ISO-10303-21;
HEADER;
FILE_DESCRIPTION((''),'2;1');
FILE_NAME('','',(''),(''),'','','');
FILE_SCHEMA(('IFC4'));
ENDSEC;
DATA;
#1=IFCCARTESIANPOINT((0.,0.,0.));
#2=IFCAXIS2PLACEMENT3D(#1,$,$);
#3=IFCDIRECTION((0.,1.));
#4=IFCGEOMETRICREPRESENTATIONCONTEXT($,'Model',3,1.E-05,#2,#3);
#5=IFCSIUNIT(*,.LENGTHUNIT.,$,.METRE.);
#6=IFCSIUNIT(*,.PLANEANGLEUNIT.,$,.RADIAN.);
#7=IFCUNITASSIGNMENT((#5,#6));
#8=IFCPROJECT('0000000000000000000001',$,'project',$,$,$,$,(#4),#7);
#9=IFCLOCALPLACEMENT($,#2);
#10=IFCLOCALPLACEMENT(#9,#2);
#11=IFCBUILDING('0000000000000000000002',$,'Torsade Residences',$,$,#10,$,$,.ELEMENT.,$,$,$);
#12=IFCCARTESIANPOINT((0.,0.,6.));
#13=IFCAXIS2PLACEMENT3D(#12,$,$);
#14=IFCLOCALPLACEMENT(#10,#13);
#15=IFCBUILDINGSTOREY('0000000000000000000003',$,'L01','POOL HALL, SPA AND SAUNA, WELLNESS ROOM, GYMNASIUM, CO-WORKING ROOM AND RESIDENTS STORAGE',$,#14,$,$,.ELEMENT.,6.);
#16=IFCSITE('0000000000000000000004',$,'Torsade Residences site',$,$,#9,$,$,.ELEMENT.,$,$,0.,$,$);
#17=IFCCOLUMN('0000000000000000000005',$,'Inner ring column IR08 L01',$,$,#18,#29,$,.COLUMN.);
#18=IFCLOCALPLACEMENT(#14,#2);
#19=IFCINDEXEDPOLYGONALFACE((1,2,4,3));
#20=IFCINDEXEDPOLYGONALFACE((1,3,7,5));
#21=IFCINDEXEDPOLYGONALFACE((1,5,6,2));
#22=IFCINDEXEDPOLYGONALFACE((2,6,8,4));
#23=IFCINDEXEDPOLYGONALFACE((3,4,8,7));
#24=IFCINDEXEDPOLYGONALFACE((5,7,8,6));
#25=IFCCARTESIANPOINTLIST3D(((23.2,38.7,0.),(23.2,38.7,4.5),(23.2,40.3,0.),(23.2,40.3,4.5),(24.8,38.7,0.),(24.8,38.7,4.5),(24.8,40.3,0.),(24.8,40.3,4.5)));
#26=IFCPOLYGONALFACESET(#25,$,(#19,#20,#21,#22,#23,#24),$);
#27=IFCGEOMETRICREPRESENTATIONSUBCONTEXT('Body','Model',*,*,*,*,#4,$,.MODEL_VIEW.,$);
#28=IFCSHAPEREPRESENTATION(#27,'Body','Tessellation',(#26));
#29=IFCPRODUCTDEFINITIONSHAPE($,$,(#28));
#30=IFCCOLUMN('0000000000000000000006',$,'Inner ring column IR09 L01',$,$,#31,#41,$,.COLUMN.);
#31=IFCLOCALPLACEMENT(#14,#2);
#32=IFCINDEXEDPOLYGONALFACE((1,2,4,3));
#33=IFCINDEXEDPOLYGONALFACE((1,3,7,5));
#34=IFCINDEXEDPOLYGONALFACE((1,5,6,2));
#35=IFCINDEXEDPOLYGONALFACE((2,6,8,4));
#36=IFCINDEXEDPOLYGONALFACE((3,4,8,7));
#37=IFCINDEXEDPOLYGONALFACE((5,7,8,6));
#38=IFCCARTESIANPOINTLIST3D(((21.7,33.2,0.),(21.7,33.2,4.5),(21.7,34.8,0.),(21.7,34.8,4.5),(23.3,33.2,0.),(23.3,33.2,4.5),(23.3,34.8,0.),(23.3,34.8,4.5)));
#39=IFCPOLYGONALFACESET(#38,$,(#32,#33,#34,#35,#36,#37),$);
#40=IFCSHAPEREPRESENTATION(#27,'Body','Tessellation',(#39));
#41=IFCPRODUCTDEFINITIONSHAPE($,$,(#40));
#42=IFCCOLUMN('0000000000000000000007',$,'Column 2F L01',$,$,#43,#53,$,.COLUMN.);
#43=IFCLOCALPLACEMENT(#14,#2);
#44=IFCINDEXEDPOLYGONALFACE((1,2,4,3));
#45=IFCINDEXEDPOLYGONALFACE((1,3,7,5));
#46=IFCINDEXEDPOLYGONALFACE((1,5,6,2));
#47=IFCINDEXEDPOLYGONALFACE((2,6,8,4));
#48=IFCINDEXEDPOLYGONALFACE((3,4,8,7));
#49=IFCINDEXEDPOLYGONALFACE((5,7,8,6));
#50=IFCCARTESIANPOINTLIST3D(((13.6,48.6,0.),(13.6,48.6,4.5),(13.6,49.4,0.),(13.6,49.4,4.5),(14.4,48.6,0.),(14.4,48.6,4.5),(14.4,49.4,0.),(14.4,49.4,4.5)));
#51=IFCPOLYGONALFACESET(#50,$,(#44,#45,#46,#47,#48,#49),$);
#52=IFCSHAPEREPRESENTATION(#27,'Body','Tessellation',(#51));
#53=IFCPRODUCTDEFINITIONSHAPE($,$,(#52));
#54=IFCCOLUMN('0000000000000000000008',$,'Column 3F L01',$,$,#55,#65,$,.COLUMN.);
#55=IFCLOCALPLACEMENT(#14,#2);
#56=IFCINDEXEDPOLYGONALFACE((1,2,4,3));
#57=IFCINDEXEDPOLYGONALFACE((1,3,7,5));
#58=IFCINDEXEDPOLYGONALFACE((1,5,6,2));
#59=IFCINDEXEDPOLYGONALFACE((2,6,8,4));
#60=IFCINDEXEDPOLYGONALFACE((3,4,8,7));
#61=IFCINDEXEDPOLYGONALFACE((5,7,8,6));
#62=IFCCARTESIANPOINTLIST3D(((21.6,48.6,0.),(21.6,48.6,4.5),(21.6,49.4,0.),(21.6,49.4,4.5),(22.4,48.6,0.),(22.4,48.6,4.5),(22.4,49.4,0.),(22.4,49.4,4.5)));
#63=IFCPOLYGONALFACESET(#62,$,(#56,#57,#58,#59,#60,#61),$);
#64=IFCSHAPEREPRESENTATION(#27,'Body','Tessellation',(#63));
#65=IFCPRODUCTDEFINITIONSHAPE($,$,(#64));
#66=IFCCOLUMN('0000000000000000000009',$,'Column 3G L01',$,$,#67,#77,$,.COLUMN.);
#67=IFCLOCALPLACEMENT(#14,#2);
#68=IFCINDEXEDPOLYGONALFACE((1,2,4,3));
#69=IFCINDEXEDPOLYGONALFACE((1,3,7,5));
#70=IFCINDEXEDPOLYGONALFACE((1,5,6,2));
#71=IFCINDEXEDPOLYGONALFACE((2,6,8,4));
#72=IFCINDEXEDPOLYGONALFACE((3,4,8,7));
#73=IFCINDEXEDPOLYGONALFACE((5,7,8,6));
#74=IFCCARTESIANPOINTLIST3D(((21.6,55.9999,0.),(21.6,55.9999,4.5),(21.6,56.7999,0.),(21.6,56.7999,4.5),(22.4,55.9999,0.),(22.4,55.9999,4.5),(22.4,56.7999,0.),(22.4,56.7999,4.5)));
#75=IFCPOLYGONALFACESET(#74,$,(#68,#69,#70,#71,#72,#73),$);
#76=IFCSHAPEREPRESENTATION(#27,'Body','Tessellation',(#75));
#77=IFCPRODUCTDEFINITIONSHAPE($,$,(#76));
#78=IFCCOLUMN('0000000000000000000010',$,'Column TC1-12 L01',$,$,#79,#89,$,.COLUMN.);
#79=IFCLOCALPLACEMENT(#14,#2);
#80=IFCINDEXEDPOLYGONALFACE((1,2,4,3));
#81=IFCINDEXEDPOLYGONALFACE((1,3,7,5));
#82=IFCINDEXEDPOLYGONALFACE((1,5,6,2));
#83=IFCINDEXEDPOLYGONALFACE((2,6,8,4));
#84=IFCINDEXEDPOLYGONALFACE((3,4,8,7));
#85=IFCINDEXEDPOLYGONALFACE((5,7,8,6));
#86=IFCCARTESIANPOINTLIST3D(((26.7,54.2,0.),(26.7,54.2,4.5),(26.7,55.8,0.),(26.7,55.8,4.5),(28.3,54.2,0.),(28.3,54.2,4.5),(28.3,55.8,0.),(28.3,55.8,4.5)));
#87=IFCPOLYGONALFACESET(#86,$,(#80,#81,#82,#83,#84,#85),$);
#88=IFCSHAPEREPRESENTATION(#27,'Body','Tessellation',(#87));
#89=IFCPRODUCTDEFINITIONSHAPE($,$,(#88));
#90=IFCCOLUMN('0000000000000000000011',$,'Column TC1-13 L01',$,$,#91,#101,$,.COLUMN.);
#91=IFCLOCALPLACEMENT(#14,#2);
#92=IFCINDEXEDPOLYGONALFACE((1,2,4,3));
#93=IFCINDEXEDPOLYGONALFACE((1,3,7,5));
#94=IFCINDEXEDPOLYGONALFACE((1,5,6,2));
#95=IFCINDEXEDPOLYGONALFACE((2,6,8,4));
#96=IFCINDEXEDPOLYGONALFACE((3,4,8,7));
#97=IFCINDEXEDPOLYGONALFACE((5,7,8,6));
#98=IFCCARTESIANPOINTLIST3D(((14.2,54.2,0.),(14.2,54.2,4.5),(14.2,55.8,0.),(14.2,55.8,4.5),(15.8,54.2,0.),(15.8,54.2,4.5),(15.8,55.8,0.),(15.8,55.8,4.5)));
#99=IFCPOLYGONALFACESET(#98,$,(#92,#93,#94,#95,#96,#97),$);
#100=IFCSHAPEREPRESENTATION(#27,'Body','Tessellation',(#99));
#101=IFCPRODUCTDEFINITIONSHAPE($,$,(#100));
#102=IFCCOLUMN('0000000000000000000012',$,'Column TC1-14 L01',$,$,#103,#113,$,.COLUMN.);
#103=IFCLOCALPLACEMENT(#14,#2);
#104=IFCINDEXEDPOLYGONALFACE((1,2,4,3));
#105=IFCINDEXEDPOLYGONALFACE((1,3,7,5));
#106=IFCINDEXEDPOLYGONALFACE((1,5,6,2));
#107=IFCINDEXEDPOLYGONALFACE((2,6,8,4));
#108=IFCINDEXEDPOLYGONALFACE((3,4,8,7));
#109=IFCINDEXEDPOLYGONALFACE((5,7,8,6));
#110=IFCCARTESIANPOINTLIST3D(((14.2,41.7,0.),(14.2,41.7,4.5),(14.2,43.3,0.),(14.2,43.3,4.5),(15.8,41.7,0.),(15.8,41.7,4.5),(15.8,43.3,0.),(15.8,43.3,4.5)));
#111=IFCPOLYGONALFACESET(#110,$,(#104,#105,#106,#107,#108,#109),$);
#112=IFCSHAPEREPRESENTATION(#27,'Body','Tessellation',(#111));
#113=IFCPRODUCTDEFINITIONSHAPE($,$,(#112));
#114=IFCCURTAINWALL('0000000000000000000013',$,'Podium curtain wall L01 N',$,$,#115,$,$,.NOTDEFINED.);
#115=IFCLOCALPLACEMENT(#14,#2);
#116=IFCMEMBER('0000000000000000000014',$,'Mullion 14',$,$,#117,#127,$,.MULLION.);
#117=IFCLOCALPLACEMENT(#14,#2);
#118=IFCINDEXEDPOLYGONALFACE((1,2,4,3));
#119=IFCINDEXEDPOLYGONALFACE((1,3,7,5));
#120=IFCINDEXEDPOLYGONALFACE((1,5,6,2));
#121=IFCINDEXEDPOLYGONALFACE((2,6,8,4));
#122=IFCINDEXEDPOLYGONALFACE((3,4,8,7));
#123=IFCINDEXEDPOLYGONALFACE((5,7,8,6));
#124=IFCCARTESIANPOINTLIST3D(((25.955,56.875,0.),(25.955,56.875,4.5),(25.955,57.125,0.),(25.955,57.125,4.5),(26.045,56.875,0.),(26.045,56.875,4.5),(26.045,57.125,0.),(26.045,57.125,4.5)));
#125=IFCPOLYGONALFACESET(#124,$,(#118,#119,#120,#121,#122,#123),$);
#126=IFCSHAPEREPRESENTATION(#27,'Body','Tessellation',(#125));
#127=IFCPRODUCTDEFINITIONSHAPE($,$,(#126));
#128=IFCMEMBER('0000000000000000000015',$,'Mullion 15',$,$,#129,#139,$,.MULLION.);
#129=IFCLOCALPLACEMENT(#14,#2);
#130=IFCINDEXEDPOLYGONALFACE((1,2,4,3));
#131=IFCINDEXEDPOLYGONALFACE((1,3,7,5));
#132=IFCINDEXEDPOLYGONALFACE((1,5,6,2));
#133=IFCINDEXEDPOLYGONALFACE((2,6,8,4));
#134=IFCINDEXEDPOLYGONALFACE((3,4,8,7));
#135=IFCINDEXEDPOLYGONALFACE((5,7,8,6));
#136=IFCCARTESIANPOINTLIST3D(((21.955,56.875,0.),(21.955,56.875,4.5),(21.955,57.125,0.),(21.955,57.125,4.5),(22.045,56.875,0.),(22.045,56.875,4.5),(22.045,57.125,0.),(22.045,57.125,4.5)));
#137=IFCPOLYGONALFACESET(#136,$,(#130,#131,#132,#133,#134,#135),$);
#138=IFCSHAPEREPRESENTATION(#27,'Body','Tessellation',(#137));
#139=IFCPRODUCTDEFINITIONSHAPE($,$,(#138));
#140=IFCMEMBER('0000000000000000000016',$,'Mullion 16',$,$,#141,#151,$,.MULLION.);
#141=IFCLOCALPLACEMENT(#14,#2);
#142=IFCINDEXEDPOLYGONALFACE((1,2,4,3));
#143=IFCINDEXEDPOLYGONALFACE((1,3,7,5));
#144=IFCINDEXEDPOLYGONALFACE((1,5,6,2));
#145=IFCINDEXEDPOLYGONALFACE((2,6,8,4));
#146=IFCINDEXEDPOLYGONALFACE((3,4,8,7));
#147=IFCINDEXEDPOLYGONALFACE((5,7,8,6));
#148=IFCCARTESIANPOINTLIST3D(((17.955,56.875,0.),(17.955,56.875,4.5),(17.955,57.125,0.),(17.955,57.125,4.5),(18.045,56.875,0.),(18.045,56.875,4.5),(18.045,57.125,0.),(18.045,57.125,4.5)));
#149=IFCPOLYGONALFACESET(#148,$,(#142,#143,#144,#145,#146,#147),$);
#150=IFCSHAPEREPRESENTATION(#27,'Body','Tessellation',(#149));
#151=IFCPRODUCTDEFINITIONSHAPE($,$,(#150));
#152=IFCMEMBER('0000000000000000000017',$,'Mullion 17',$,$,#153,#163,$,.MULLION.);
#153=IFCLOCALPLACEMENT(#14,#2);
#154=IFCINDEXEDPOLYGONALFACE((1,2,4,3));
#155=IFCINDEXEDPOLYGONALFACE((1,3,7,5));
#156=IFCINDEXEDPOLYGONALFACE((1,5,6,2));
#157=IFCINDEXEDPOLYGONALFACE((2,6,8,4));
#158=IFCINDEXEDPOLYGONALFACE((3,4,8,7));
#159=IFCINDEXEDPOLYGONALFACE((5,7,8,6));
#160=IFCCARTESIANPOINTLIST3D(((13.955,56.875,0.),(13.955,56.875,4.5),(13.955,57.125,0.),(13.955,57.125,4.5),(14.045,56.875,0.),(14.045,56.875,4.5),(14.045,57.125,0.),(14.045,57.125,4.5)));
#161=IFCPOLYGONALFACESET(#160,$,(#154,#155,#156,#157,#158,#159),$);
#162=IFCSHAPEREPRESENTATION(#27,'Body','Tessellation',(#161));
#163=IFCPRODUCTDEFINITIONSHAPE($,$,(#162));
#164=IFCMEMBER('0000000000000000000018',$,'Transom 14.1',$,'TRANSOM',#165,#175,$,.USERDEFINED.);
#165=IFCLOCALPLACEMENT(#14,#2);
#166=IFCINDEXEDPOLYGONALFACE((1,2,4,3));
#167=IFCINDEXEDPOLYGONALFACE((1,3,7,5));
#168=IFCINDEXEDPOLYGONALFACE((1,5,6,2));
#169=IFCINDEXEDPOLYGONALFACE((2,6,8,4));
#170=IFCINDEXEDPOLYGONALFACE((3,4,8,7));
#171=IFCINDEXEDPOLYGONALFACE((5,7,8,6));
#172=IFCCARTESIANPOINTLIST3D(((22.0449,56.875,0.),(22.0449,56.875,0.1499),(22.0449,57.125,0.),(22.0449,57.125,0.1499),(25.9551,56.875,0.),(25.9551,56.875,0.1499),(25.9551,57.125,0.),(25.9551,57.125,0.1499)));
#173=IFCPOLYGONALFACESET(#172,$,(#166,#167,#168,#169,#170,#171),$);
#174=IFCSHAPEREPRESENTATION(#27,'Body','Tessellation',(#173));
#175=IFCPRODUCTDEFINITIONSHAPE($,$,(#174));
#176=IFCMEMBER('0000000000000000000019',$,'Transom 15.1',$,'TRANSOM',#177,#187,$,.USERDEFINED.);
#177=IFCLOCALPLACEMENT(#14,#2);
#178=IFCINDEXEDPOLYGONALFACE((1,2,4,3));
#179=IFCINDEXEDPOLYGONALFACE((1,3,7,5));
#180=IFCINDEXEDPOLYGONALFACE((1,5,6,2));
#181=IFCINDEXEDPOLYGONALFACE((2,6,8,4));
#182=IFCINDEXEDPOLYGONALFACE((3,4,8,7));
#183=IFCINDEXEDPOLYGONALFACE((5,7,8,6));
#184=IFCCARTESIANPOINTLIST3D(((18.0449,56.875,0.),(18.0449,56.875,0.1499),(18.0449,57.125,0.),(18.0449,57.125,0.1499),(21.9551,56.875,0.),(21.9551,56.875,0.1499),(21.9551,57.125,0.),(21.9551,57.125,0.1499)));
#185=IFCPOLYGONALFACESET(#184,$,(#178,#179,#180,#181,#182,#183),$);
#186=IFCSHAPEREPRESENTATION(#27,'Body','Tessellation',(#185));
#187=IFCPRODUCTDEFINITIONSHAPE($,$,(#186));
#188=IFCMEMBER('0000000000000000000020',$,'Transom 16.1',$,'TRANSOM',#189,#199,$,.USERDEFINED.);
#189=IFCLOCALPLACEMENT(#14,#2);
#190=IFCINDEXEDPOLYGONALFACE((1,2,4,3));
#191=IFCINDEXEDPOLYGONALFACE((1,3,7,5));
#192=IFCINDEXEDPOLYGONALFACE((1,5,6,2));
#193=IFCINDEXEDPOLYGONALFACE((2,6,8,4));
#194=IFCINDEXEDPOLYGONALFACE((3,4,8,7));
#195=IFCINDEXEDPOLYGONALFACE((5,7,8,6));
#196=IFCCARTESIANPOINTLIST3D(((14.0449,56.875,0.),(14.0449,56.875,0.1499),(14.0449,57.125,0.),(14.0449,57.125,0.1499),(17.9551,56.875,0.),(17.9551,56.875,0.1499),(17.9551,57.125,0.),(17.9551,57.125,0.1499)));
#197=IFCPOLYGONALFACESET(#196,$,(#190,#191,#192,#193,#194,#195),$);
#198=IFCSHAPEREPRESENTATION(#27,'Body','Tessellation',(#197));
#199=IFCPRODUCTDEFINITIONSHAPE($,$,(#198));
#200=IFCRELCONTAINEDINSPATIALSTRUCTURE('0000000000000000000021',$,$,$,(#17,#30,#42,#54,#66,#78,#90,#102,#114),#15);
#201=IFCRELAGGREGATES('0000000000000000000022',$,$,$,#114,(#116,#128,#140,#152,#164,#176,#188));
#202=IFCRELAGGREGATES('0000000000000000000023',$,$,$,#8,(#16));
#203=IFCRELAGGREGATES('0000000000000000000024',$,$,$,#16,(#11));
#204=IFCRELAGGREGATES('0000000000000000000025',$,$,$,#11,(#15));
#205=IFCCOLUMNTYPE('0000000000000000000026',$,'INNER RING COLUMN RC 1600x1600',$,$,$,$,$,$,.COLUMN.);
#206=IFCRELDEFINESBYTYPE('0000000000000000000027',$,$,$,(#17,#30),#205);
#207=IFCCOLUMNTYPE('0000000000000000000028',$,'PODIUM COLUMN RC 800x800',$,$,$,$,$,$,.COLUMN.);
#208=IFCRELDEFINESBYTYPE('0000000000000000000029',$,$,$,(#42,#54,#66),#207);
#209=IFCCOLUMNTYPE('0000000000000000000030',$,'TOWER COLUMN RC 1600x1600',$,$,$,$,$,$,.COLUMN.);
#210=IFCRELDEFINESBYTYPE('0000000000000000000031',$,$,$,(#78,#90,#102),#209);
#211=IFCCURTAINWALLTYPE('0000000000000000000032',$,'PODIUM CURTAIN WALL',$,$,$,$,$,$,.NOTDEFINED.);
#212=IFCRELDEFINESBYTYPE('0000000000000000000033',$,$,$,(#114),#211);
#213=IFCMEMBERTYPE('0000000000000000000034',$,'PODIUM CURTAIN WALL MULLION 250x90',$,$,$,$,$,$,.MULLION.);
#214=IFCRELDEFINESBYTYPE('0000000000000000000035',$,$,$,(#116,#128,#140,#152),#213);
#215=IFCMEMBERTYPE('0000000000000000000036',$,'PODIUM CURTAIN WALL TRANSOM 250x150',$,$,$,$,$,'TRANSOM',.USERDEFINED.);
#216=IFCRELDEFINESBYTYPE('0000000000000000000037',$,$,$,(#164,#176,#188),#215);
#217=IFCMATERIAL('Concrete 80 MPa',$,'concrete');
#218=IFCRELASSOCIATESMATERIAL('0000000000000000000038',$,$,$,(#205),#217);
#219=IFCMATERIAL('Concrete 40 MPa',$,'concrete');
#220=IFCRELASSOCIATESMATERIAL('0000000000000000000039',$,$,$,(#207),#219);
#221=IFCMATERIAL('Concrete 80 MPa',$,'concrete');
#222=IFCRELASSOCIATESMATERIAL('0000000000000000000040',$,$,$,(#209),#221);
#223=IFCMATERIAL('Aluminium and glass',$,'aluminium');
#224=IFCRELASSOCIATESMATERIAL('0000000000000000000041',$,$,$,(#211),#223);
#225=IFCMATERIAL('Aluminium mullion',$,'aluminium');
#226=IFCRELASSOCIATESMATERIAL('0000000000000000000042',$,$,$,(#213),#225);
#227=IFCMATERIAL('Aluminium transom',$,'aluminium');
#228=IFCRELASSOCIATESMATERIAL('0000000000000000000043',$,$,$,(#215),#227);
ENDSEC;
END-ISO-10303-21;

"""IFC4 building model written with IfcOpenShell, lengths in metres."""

from ifc_helpers import new_model, si_unit, direction, frame, origin, origin_2d, place, context, subcontext, project, spatial, rectangle, extrude, material, material_profile, profile_set, type_object, element, aggregate, save


model = new_model("IFC4")

# Units and contexts
model_context = context("Model", 3, precision=1e-05, world=origin(), true_north=direction((0.0, 1.0)))
body_context = subcontext(model_context, "Body", "Model", "MODEL_VIEW")
ifc_project = project(units=[si_unit("LENGTHUNIT", "METRE"), si_unit("PLANEANGLEUNIT", "RADIAN")], contexts=[model_context])

# Site, building, storey
site_placement = place(None, origin())
site = spatial("IfcSite", under=ifc_project, at=site_placement, Name="Torsade Residences site", CompositionType="ELEMENT", RefElevation=0.0)
building_placement = place(site_placement, origin())
building = spatial("IfcBuilding", under=site, at=building_placement, Name="Torsade Residences", CompositionType="ELEMENT")
storey_placement = place(building_placement, frame((0.0, 0.0, 6.0)))
storey = spatial("IfcBuildingStorey", under=building, at=storey_placement, Name="L01", Description="POOL HALL, SPA AND SAUNA, WELLNESS ROOM, GYMNASIUM, CO-WORKING ROOM AND RESIDENTS STORAGE", CompositionType="ELEMENT", Elevation=6.0)

# Columns
ifc_material_1 = material(Name="Concrete 80 MPa", Category="concrete")
ifc_material_profile_1 = material_profile(ifc_material_1, rectangle(XDim=1.6001, YDim=1.6001, at=origin_2d()), Name="RC 1600x1600")
ifc_profile_set_1 = profile_set([ifc_material_profile_1], Name="Concrete 80 MPa")
column_type_1 = type_object("IfcColumnType", Name="INNER RING COLUMN RC 1600x1600", PredefinedType="COLUMN", material=ifc_profile_set_1)
for number, where, z_axis, x_axis, name in (
    (1, (24.0, 39.5, 0.0), (0.0, 0.0, 1.0), (1.0, 0.0, 0.0), "Inner ring column IR08 L01"),
    (2, (22.5, 34.0, 0.0), (0.0, 0.0, 1.0), (1.0, 0.0, 0.0), "Inner ring column IR09 L01"),
):
    element("IfcColumn", number, at=place(storey_placement, frame(where, z_axis=z_axis, x_axis=x_axis)), inside=storey, type_object=column_type_1, Name=name, PredefinedType="COLUMN", context=body_context, shape_type="SweptSolid", body=[
        extrude(rectangle(XDim=1.6001, YDim=1.6001, at=origin_2d()), origin(), (0.0, 0.0, 1.0), 4.5),
    ])
ifc_material_2 = material(Name="Concrete 40 MPa", Category="concrete")
ifc_material_profile_2 = material_profile(ifc_material_2, rectangle(XDim=0.8, YDim=0.8, at=origin_2d()), Name="RC 800x800")
ifc_profile_set_2 = profile_set([ifc_material_profile_2], Name="Concrete 40 MPa")
column_type_2 = type_object("IfcColumnType", Name="PODIUM COLUMN RC 800x800", PredefinedType="COLUMN", material=ifc_profile_set_2)
for number, where, z_axis, x_axis, name in (
    (3, (14.0, 49.0, 0.0), (0.0, 0.0, 1.0), (1.0, 0.0, 0.0), "Column 2F L01"),
    (4, (22.0, 49.0, 0.0), (0.0, 0.0, 1.0), (1.0, 0.0, 0.0), "Column 3F L01"),
    (5, (22.0, 56.3999, 0.0), (0.0, 0.0, 1.0), (1.0, 0.0, 0.0), "Column 3G L01"),
):
    element("IfcColumn", number, at=place(storey_placement, frame(where, z_axis=z_axis, x_axis=x_axis)), inside=storey, type_object=column_type_2, Name=name, PredefinedType="COLUMN", context=body_context, shape_type="SweptSolid", body=[
        extrude(rectangle(XDim=0.8, YDim=0.8, at=origin_2d()), origin(), (0.0, 0.0, 1.0), 4.5),
    ])
ifc_material_3 = material(Name="Concrete 80 MPa", Category="concrete")
ifc_material_profile_3 = material_profile(ifc_material_3, rectangle(XDim=1.6001, YDim=1.6001, at=origin_2d()), Name="RC 1600x1600")
ifc_profile_set_3 = profile_set([ifc_material_profile_3], Name="Concrete 80 MPa")
column_type_3 = type_object("IfcColumnType", Name="TOWER COLUMN RC 1600x1600", PredefinedType="COLUMN", material=ifc_profile_set_3)
for number, where, z_axis, x_axis, name in (
    (6, (27.5, 55.0, 0.0), (0.0, 0.0, 1.0), (1.0, 0.0, 0.0), "Column TC1-12 L01"),
    (7, (15.0, 55.0, 0.0), (0.0, 0.0, 1.0), (1.0, 0.0, 0.0), "Column TC1-13 L01"),
    (8, (15.0, 42.5, 0.0), (0.0, 0.0, 1.0), (1.0, 0.0, 0.0), "Column TC1-14 L01"),
):
    element("IfcColumn", number, at=place(storey_placement, frame(where, z_axis=z_axis, x_axis=x_axis)), inside=storey, type_object=column_type_3, Name=name, PredefinedType="COLUMN", context=body_context, shape_type="SweptSolid", body=[
        extrude(rectangle(XDim=1.6001, YDim=1.6001, at=origin_2d()), origin(), (0.0, 0.0, 1.0), 4.5),
    ])

# Curtain wall, members
ifc_material_4 = material(Name="Aluminium and glass", Category="aluminium")
curtain_wall_type = type_object("IfcCurtainWallType", Name="PODIUM CURTAIN WALL", PredefinedType="NOTDEFINED", material=ifc_material_4)
curtain_wall_placement = place(storey_placement, origin())
curtain_wall = element("IfcCurtainWall", 9, at=curtain_wall_placement, inside=storey, type_object=curtain_wall_type, Name="Podium curtain wall L01 N", PredefinedType="NOTDEFINED")
ifc_material_5 = material(Name="Aluminium mullion", Category="aluminium")
ifc_material_profile_4 = material_profile(ifc_material_5, rectangle(XDim=0.25, YDim=0.0901, at=origin_2d()), Name="PODIUM CURTAIN WALL MULLION 250x90")
ifc_profile_set_4 = profile_set([ifc_material_profile_4], Name="Aluminium mullion")
member_type_1 = type_object("IfcMemberType", Name="PODIUM CURTAIN WALL MULLION 250x90", PredefinedType="MULLION", material=ifc_profile_set_4)
member_1_placement = place(storey_placement, frame((26.0, 57.0, 0.0), z_axis=(0.0, 0.0, 1.0), x_axis=(0.0, -1.0, 0.0)))
member_1 = element("IfcMember", 10, at=member_1_placement, type_object=member_type_1, Name="Mullion 14", PredefinedType="MULLION", context=body_context, shape_type="SweptSolid", body=[
    extrude(rectangle(XDim=0.25, YDim=0.0901, at=origin_2d()), origin(), (0.0, 0.0, 1.0), 4.5),
])
member_2_placement = place(storey_placement, frame((22.0, 57.0, 0.0), z_axis=(0.0, 0.0, 1.0), x_axis=(0.0, -1.0, 0.0)))
member_2 = element("IfcMember", 11, at=member_2_placement, type_object=member_type_1, Name="Mullion 15", PredefinedType="MULLION", context=body_context, shape_type="SweptSolid", body=[
    extrude(rectangle(XDim=0.25, YDim=0.0901, at=origin_2d()), origin(), (0.0, 0.0, 1.0), 4.5),
])
member_3_placement = place(storey_placement, frame((18.0, 57.0, 0.0), z_axis=(0.0, 0.0, 1.0), x_axis=(0.0, -1.0, 0.0)))
member_3 = element("IfcMember", 12, at=member_3_placement, type_object=member_type_1, Name="Mullion 16", PredefinedType="MULLION", context=body_context, shape_type="SweptSolid", body=[
    extrude(rectangle(XDim=0.25, YDim=0.0901, at=origin_2d()), origin(), (0.0, 0.0, 1.0), 4.5),
])
member_4_placement = place(storey_placement, frame((14.0, 57.0, 0.0), z_axis=(0.0, 0.0, 1.0), x_axis=(0.0, -1.0, 0.0)))
member_4 = element("IfcMember", 13, at=member_4_placement, type_object=member_type_1, Name="Mullion 17", PredefinedType="MULLION", context=body_context, shape_type="SweptSolid", body=[
    extrude(rectangle(XDim=0.25, YDim=0.0901, at=origin_2d()), origin(), (0.0, 0.0, 1.0), 4.5),
])
ifc_material_6 = material(Name="Aluminium transom", Category="aluminium")
ifc_material_profile_5 = material_profile(ifc_material_6, rectangle(XDim=0.25, YDim=0.1499, at=origin_2d()), Name="PODIUM CURTAIN WALL TRANSOM 250x150")
ifc_profile_set_5 = profile_set([ifc_material_profile_5], Name="Aluminium transom")
member_type_2 = type_object("IfcMemberType", Name="PODIUM CURTAIN WALL TRANSOM 250x150", ElementType="TRANSOM", PredefinedType="USERDEFINED", material=ifc_profile_set_5)
member_5_placement = place(storey_placement, frame((25.9551, 57.0, 0.075), z_axis=(-1.0, 0.0, 0.0), x_axis=(0.0, -1.0, 0.0)))
member_5 = element("IfcMember", 14, at=member_5_placement, type_object=member_type_2, Name="Transom 14.1", ObjectType="TRANSOM", PredefinedType="USERDEFINED", context=body_context, shape_type="SweptSolid", body=[
    extrude(rectangle(XDim=0.25, YDim=0.1499, at=origin_2d()), origin(), (0.0, 0.0, 1.0), 3.9102),
])
member_6_placement = place(storey_placement, frame((21.9551, 57.0, 0.075), z_axis=(-1.0, 0.0, 0.0), x_axis=(0.0, -1.0, 0.0)))
member_6 = element("IfcMember", 15, at=member_6_placement, type_object=member_type_2, Name="Transom 15.1", ObjectType="TRANSOM", PredefinedType="USERDEFINED", context=body_context, shape_type="SweptSolid", body=[
    extrude(rectangle(XDim=0.25, YDim=0.1499, at=origin_2d()), origin(), (0.0, 0.0, 1.0), 3.9102),
])
member_7_placement = place(storey_placement, frame((17.9551, 57.0, 0.075), z_axis=(-1.0, 0.0, 0.0), x_axis=(0.0, -1.0, 0.0)))
member_7 = element("IfcMember", 16, at=member_7_placement, type_object=member_type_2, Name="Transom 16.1", ObjectType="TRANSOM", PredefinedType="USERDEFINED", context=body_context, shape_type="SweptSolid", body=[
    extrude(rectangle(XDim=0.25, YDim=0.1499, at=origin_2d()), origin(), (0.0, 0.0, 1.0), 3.9102),
])
aggregate(curtain_wall, [member_1, member_2, member_3, member_4, member_5, member_6, member_7])

save(model, "model.ifc")
